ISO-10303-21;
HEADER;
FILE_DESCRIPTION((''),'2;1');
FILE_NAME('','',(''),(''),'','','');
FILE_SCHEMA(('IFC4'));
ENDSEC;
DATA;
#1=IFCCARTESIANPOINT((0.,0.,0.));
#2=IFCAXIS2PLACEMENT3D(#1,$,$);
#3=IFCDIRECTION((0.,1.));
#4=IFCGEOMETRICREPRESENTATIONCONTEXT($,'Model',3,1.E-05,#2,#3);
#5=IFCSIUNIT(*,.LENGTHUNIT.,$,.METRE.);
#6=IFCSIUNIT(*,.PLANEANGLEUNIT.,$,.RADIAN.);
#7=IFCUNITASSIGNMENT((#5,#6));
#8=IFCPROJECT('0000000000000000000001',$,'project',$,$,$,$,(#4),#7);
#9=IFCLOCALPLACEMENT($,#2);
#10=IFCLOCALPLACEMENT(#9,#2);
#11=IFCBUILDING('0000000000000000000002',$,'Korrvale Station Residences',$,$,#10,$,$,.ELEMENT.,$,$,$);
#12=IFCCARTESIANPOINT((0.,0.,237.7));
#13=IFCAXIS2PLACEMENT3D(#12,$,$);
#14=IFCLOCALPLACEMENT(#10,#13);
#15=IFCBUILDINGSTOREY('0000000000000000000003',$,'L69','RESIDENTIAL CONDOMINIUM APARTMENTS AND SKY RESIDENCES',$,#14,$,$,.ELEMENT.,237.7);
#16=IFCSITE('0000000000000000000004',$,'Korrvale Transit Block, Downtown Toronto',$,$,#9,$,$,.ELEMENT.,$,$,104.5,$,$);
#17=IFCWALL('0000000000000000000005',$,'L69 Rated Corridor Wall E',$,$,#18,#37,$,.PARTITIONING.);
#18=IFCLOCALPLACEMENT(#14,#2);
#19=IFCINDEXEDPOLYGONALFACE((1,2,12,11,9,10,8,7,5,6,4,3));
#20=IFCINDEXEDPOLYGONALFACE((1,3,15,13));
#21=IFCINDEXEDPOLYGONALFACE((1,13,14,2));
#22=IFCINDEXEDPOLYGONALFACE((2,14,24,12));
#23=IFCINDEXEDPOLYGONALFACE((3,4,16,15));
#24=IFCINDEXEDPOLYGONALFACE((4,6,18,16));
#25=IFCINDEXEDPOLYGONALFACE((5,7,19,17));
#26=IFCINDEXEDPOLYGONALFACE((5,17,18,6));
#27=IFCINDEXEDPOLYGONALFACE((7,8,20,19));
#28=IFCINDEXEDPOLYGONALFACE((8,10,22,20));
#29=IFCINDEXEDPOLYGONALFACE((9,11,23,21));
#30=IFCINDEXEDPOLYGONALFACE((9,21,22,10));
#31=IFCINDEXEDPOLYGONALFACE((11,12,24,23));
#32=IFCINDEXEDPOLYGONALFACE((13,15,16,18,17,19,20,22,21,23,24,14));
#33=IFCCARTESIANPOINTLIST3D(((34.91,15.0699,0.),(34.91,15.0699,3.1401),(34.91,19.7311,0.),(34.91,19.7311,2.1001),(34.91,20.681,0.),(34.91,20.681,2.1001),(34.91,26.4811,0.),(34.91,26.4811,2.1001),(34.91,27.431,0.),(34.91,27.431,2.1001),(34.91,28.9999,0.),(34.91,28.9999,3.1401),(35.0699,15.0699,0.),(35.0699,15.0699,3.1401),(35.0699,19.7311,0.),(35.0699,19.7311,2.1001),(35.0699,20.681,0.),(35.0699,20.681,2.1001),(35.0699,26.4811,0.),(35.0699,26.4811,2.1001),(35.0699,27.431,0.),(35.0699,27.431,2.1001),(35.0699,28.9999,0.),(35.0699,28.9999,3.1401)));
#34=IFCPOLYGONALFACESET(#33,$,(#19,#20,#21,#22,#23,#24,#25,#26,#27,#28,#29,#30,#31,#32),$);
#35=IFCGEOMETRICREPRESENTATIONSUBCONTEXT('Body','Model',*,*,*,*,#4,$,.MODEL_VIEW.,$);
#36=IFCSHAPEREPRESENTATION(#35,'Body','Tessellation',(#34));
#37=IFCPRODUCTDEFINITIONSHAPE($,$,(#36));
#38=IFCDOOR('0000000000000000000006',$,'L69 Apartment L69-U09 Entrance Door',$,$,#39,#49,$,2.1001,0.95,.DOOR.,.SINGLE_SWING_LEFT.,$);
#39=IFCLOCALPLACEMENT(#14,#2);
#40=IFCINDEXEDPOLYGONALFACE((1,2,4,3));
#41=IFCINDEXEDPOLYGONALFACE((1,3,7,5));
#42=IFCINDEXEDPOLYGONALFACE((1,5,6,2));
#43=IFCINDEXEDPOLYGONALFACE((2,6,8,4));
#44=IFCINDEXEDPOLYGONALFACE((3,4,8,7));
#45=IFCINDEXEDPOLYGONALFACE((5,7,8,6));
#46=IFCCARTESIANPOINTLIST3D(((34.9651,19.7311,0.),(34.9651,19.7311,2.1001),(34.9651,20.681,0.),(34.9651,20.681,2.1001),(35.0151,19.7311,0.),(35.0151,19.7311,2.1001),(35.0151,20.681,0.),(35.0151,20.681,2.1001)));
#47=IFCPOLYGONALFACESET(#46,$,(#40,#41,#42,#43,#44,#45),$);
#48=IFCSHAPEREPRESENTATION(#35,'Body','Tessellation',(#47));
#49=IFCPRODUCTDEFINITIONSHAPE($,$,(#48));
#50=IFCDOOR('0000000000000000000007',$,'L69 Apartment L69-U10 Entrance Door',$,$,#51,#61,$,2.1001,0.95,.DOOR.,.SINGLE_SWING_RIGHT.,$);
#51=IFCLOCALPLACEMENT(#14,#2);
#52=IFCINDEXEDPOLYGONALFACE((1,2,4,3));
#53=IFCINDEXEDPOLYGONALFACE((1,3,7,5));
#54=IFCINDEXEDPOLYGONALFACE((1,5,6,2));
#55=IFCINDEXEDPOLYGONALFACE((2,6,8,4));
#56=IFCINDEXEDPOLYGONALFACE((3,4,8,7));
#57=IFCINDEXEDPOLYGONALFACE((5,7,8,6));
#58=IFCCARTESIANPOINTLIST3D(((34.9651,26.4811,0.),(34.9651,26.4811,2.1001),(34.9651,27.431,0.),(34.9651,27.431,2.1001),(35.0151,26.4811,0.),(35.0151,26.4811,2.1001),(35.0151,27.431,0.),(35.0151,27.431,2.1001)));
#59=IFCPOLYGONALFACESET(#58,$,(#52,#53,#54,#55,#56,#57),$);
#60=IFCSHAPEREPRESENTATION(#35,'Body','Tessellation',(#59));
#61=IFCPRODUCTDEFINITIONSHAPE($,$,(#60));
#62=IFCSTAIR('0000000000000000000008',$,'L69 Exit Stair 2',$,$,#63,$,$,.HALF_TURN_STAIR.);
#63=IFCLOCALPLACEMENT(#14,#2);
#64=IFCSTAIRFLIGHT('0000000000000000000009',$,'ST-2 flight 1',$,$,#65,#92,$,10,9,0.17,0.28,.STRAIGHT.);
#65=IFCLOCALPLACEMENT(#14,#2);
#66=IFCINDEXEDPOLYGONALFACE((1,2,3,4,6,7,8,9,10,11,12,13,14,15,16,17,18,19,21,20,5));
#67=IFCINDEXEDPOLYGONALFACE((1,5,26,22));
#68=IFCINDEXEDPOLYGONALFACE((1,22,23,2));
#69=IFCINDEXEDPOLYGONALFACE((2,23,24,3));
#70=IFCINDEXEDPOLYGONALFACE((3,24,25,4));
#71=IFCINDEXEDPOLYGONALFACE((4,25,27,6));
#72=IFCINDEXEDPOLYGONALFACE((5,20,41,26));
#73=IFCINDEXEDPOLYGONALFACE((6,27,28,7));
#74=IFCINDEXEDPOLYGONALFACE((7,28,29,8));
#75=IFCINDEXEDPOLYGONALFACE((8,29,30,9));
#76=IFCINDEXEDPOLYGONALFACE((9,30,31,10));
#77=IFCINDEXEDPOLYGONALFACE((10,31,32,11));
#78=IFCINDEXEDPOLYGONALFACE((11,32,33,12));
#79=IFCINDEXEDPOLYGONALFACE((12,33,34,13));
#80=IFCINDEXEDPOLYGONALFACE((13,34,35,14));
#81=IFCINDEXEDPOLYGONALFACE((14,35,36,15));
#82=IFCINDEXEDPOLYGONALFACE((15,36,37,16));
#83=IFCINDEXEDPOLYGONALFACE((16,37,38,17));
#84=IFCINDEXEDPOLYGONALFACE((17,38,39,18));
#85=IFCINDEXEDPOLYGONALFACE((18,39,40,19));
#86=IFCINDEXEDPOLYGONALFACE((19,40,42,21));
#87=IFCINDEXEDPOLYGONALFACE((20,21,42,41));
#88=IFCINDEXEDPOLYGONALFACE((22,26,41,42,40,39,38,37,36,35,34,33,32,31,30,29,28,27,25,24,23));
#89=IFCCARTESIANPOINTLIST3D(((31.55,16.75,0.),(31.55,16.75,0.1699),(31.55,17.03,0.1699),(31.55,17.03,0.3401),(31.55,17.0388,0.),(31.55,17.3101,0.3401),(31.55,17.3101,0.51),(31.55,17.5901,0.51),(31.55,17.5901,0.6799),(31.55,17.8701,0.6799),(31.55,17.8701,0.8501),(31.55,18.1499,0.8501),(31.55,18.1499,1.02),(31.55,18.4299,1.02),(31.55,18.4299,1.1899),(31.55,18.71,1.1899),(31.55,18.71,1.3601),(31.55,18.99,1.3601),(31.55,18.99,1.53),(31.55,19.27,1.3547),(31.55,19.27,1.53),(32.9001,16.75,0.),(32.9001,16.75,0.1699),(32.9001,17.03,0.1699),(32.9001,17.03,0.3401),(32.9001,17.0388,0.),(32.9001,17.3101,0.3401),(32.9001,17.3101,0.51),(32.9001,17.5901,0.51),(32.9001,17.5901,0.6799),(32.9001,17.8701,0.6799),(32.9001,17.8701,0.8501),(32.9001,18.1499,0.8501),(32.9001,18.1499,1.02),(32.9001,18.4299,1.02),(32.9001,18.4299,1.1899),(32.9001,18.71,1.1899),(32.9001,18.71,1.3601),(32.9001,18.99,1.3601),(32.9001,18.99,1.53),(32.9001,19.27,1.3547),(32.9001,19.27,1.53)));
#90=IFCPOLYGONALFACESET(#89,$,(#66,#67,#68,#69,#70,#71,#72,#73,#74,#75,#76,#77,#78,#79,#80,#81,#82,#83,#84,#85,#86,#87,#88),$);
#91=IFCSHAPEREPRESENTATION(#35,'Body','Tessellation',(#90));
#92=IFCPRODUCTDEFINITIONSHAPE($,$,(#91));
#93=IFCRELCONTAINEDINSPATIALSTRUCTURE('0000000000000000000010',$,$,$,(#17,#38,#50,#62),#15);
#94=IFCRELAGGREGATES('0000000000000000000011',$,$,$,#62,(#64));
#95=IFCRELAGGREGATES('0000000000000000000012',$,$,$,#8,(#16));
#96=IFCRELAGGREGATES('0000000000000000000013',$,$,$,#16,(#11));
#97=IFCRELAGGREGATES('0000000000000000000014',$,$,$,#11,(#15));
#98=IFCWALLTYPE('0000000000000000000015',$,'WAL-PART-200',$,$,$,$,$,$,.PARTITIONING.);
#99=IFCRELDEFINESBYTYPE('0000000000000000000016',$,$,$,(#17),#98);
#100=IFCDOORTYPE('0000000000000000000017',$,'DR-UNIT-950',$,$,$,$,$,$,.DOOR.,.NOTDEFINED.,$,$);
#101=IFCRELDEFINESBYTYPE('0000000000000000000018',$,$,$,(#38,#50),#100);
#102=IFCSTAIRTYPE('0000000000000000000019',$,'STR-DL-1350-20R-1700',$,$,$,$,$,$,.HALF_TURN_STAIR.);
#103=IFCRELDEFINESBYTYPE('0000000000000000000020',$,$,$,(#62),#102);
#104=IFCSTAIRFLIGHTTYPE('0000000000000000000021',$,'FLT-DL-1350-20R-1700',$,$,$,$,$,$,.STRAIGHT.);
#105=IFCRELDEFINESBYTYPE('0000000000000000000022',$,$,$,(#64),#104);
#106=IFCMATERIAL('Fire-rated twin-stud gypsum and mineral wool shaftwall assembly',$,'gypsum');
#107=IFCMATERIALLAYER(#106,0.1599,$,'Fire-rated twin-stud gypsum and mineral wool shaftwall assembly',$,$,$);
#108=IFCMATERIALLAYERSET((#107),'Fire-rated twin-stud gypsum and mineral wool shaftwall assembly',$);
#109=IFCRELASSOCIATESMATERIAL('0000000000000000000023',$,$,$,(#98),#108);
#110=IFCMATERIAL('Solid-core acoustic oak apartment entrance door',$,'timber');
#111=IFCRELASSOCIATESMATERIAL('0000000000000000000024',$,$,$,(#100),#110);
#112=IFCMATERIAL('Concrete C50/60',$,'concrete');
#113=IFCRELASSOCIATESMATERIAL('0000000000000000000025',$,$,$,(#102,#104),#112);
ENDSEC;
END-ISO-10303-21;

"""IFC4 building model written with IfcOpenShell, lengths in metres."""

from ifc_helpers import new_model, si_unit, direction, frame, frame_2d, origin, place, context, subcontext, project, spatial, polyline, rectangle, outline, extrude, material, layer, layer_set, type_object, element, fill, aggregate, save


model = new_model("IFC4")

# Units and contexts
model_context = context("Model", 3, precision=1e-05, world=origin(), true_north=direction((0.0, 1.0)))
body_context = subcontext(model_context, "Body", "Model", "MODEL_VIEW")
ifc_project = project(units=[si_unit("LENGTHUNIT", "METRE"), si_unit("PLANEANGLEUNIT", "RADIAN")], contexts=[model_context])

# Site, building, storey
site_placement = place(None, origin())
site = spatial("IfcSite", under=ifc_project, at=site_placement, Name="Korrvale Transit Block, Downtown Toronto", CompositionType="ELEMENT", RefElevation=104.5)
building_placement = place(site_placement, origin())
building = spatial("IfcBuilding", under=site, at=building_placement, Name="Korrvale Station Residences", CompositionType="ELEMENT")
storey_placement = place(building_placement, frame((0.0, 0.0, 237.7)))
storey = spatial("IfcBuildingStorey", under=building, at=storey_placement, Name="L69", Description="RESIDENTIAL CONDOMINIUM APARTMENTS AND SKY RESIDENCES", CompositionType="ELEMENT", Elevation=237.7)

# Shared definitions
ifc_material_1 = material(Name="Concrete C50/60", Category="concrete")

# Shared definitions
ifc_material_2 = material(Name="Fire-rated twin-stud gypsum and mineral wool shaftwall assembly", Category="gypsum")
ifc_layer_1 = layer(ifc_material_2, 0.1599, Name="Fire-rated twin-stud gypsum and mineral wool shaftwall assembly")
ifc_layer_set_1 = layer_set([ifc_layer_1], Name="Fire-rated twin-stud gypsum and mineral wool shaftwall assembly")
wall_type_1 = type_object("IfcWallType", Name="WAL-PART-200", PredefinedType="PARTITIONING", material=ifc_layer_set_1)

# Wall, openings, doors
wall_1_placement = place(storey_placement, frame((34.99, 15.0701, 0.0), z_axis=(0.0, 0.0, 1.0), x_axis=(0.0, 1.0, 0.0)))
wall_1 = element("IfcWall", 1, at=wall_1_placement, inside=storey, type_object=wall_type_1, Name="L69 Rated Corridor Wall E", PredefinedType="PARTITIONING", context=body_context, shape_type="SweptSolid", body=[
    extrude(rectangle(XDim=13.9299, YDim=0.1599, at=frame_2d((6.9648, 0.0))), origin(), (0.0, 0.0, 1.0), 3.1401),
])
opening_1_placement = place(wall_1_placement, frame((4.6609, 0.0, 0.0)))
opening_1 = element("IfcOpeningElement", 2, at=opening_1_placement, cuts=wall_1, PredefinedType="OPENING", context=body_context, shape_type="SweptSolid", body=[
    extrude(rectangle(XDim=0.95, YDim=2.1001, at=frame_2d((0.4751, 1.05))), frame((0.0, 0.0898, 0.0), z_axis=(0.0, -1.0, 0.0), x_axis=(1.0, 0.0, 0.0)), (0.0, 0.0, 1.0), 0.1799),
])
opening_2_placement = place(wall_1_placement, frame((11.4109, 0.0, 0.0)))
opening_2 = element("IfcOpeningElement", 3, at=opening_2_placement, cuts=wall_1, PredefinedType="OPENING", context=body_context, shape_type="SweptSolid", body=[
    extrude(rectangle(XDim=0.95, YDim=2.1001, at=frame_2d((0.4751, 1.05))), frame((0.0, 0.0898, 0.0), z_axis=(0.0, -1.0, 0.0), x_axis=(1.0, 0.0, 0.0)), (0.0, 0.0, 1.0), 0.1799),
])
ifc_material_3 = material(Name="Solid-core acoustic oak apartment entrance door", Category="timber")
door_type_1 = type_object("IfcDoorType", Name="DR-UNIT-950", OperationType="NOTDEFINED", PredefinedType="DOOR", material=ifc_material_3)
door_1_placement = place(opening_1_placement, origin())
door_1 = element("IfcDoor", 4, at=door_1_placement, inside=storey, type_object=door_type_1, Name="L69 Apartment L69-U09 Entrance Door", OperationType="SINGLE_SWING_LEFT", OverallHeight=2.1001, OverallWidth=0.95, PredefinedType="DOOR", context=body_context, shape_type="SweptSolid", body=[
    extrude(rectangle(XDim=0.95, YDim=2.1001, at=frame_2d((0.4751, 1.05))), frame((0.0, 0.0249, 0.0), z_axis=(0.0, -1.0, 0.0), x_axis=(1.0, 0.0, 0.0)), (0.0, 0.0, 1.0), 0.05),
])
fill(opening_1, door_1)
door_2_placement = place(opening_2_placement, origin())
door_2 = element("IfcDoor", 5, at=door_2_placement, inside=storey, type_object=door_type_1, Name="L69 Apartment L69-U10 Entrance Door", OperationType="SINGLE_SWING_RIGHT", OverallHeight=2.1001, OverallWidth=0.95, PredefinedType="DOOR", context=body_context, shape_type="SweptSolid", body=[
    extrude(rectangle(XDim=0.95, YDim=2.1001, at=frame_2d((0.4751, 1.05))), frame((0.0, 0.0249, 0.0), z_axis=(0.0, -1.0, 0.0), x_axis=(1.0, 0.0, 0.0)), (0.0, 0.0, 1.0), 0.05),
])
fill(opening_2, door_2)

# Stair, stair flight
stair_type = type_object("IfcStairType", Name="STR-DL-1350-20R-1700", PredefinedType="HALF_TURN_STAIR", material=ifc_material_1)
stair_placement = place(storey_placement, origin())
stair = element("IfcStair", 6, at=stair_placement, inside=storey, type_object=stair_type, Name="L69 Exit Stair 2", PredefinedType="HALF_TURN_STAIR")
stair_flight_type = type_object("IfcStairFlightType", Name="FLT-DL-1350-20R-1700", PredefinedType="STRAIGHT", material=ifc_material_1)
stair_flight_placement = place(storey_placement, frame((32.2251, 16.75, 0.0), z_axis=(0.0, 0.0, 1.0), x_axis=(0.0, 1.0, 0.0)))
stair_flight = element("IfcStairFlight", 7, at=stair_flight_placement, type_object=stair_flight_type, Name="ST-2 flight 1", NumberOfRisers=10, NumberOfTreads=9, PredefinedType="STRAIGHT", RiserHeight=0.17, TreadLength=0.28, context=body_context, shape_type="SweptSolid", body=[
    extrude(outline(polyline([(0.0, 0.0), (0.0, 0.1699), (0.28, 0.1699), (0.28, 0.3401), (0.5601, 0.3401), (0.5601, 0.51), (0.8401, 0.51), (0.8401, 0.6799), (1.1201, 0.6799), (1.1201, 0.8501), (1.3999, 0.8501), (1.3999, 1.02), (1.6799, 1.02), (1.6799, 1.1899), (1.96, 1.1899), (1.96, 1.3601), (2.24, 1.3601), (2.24, 1.53), (2.52, 1.53), (2.52, 1.7), (2.52, 1.3547), (0.2888, 0.0), (0.0, 0.0)])), frame((0.0, 0.675, 0.0), z_axis=(0.0, -1.0, 0.0), x_axis=(1.0, 0.0, 0.0)), (0.0, 0.0, 1.0), 1.3501),
])
aggregate(stair, [stair_flight])

save(model, "model.ifc")
